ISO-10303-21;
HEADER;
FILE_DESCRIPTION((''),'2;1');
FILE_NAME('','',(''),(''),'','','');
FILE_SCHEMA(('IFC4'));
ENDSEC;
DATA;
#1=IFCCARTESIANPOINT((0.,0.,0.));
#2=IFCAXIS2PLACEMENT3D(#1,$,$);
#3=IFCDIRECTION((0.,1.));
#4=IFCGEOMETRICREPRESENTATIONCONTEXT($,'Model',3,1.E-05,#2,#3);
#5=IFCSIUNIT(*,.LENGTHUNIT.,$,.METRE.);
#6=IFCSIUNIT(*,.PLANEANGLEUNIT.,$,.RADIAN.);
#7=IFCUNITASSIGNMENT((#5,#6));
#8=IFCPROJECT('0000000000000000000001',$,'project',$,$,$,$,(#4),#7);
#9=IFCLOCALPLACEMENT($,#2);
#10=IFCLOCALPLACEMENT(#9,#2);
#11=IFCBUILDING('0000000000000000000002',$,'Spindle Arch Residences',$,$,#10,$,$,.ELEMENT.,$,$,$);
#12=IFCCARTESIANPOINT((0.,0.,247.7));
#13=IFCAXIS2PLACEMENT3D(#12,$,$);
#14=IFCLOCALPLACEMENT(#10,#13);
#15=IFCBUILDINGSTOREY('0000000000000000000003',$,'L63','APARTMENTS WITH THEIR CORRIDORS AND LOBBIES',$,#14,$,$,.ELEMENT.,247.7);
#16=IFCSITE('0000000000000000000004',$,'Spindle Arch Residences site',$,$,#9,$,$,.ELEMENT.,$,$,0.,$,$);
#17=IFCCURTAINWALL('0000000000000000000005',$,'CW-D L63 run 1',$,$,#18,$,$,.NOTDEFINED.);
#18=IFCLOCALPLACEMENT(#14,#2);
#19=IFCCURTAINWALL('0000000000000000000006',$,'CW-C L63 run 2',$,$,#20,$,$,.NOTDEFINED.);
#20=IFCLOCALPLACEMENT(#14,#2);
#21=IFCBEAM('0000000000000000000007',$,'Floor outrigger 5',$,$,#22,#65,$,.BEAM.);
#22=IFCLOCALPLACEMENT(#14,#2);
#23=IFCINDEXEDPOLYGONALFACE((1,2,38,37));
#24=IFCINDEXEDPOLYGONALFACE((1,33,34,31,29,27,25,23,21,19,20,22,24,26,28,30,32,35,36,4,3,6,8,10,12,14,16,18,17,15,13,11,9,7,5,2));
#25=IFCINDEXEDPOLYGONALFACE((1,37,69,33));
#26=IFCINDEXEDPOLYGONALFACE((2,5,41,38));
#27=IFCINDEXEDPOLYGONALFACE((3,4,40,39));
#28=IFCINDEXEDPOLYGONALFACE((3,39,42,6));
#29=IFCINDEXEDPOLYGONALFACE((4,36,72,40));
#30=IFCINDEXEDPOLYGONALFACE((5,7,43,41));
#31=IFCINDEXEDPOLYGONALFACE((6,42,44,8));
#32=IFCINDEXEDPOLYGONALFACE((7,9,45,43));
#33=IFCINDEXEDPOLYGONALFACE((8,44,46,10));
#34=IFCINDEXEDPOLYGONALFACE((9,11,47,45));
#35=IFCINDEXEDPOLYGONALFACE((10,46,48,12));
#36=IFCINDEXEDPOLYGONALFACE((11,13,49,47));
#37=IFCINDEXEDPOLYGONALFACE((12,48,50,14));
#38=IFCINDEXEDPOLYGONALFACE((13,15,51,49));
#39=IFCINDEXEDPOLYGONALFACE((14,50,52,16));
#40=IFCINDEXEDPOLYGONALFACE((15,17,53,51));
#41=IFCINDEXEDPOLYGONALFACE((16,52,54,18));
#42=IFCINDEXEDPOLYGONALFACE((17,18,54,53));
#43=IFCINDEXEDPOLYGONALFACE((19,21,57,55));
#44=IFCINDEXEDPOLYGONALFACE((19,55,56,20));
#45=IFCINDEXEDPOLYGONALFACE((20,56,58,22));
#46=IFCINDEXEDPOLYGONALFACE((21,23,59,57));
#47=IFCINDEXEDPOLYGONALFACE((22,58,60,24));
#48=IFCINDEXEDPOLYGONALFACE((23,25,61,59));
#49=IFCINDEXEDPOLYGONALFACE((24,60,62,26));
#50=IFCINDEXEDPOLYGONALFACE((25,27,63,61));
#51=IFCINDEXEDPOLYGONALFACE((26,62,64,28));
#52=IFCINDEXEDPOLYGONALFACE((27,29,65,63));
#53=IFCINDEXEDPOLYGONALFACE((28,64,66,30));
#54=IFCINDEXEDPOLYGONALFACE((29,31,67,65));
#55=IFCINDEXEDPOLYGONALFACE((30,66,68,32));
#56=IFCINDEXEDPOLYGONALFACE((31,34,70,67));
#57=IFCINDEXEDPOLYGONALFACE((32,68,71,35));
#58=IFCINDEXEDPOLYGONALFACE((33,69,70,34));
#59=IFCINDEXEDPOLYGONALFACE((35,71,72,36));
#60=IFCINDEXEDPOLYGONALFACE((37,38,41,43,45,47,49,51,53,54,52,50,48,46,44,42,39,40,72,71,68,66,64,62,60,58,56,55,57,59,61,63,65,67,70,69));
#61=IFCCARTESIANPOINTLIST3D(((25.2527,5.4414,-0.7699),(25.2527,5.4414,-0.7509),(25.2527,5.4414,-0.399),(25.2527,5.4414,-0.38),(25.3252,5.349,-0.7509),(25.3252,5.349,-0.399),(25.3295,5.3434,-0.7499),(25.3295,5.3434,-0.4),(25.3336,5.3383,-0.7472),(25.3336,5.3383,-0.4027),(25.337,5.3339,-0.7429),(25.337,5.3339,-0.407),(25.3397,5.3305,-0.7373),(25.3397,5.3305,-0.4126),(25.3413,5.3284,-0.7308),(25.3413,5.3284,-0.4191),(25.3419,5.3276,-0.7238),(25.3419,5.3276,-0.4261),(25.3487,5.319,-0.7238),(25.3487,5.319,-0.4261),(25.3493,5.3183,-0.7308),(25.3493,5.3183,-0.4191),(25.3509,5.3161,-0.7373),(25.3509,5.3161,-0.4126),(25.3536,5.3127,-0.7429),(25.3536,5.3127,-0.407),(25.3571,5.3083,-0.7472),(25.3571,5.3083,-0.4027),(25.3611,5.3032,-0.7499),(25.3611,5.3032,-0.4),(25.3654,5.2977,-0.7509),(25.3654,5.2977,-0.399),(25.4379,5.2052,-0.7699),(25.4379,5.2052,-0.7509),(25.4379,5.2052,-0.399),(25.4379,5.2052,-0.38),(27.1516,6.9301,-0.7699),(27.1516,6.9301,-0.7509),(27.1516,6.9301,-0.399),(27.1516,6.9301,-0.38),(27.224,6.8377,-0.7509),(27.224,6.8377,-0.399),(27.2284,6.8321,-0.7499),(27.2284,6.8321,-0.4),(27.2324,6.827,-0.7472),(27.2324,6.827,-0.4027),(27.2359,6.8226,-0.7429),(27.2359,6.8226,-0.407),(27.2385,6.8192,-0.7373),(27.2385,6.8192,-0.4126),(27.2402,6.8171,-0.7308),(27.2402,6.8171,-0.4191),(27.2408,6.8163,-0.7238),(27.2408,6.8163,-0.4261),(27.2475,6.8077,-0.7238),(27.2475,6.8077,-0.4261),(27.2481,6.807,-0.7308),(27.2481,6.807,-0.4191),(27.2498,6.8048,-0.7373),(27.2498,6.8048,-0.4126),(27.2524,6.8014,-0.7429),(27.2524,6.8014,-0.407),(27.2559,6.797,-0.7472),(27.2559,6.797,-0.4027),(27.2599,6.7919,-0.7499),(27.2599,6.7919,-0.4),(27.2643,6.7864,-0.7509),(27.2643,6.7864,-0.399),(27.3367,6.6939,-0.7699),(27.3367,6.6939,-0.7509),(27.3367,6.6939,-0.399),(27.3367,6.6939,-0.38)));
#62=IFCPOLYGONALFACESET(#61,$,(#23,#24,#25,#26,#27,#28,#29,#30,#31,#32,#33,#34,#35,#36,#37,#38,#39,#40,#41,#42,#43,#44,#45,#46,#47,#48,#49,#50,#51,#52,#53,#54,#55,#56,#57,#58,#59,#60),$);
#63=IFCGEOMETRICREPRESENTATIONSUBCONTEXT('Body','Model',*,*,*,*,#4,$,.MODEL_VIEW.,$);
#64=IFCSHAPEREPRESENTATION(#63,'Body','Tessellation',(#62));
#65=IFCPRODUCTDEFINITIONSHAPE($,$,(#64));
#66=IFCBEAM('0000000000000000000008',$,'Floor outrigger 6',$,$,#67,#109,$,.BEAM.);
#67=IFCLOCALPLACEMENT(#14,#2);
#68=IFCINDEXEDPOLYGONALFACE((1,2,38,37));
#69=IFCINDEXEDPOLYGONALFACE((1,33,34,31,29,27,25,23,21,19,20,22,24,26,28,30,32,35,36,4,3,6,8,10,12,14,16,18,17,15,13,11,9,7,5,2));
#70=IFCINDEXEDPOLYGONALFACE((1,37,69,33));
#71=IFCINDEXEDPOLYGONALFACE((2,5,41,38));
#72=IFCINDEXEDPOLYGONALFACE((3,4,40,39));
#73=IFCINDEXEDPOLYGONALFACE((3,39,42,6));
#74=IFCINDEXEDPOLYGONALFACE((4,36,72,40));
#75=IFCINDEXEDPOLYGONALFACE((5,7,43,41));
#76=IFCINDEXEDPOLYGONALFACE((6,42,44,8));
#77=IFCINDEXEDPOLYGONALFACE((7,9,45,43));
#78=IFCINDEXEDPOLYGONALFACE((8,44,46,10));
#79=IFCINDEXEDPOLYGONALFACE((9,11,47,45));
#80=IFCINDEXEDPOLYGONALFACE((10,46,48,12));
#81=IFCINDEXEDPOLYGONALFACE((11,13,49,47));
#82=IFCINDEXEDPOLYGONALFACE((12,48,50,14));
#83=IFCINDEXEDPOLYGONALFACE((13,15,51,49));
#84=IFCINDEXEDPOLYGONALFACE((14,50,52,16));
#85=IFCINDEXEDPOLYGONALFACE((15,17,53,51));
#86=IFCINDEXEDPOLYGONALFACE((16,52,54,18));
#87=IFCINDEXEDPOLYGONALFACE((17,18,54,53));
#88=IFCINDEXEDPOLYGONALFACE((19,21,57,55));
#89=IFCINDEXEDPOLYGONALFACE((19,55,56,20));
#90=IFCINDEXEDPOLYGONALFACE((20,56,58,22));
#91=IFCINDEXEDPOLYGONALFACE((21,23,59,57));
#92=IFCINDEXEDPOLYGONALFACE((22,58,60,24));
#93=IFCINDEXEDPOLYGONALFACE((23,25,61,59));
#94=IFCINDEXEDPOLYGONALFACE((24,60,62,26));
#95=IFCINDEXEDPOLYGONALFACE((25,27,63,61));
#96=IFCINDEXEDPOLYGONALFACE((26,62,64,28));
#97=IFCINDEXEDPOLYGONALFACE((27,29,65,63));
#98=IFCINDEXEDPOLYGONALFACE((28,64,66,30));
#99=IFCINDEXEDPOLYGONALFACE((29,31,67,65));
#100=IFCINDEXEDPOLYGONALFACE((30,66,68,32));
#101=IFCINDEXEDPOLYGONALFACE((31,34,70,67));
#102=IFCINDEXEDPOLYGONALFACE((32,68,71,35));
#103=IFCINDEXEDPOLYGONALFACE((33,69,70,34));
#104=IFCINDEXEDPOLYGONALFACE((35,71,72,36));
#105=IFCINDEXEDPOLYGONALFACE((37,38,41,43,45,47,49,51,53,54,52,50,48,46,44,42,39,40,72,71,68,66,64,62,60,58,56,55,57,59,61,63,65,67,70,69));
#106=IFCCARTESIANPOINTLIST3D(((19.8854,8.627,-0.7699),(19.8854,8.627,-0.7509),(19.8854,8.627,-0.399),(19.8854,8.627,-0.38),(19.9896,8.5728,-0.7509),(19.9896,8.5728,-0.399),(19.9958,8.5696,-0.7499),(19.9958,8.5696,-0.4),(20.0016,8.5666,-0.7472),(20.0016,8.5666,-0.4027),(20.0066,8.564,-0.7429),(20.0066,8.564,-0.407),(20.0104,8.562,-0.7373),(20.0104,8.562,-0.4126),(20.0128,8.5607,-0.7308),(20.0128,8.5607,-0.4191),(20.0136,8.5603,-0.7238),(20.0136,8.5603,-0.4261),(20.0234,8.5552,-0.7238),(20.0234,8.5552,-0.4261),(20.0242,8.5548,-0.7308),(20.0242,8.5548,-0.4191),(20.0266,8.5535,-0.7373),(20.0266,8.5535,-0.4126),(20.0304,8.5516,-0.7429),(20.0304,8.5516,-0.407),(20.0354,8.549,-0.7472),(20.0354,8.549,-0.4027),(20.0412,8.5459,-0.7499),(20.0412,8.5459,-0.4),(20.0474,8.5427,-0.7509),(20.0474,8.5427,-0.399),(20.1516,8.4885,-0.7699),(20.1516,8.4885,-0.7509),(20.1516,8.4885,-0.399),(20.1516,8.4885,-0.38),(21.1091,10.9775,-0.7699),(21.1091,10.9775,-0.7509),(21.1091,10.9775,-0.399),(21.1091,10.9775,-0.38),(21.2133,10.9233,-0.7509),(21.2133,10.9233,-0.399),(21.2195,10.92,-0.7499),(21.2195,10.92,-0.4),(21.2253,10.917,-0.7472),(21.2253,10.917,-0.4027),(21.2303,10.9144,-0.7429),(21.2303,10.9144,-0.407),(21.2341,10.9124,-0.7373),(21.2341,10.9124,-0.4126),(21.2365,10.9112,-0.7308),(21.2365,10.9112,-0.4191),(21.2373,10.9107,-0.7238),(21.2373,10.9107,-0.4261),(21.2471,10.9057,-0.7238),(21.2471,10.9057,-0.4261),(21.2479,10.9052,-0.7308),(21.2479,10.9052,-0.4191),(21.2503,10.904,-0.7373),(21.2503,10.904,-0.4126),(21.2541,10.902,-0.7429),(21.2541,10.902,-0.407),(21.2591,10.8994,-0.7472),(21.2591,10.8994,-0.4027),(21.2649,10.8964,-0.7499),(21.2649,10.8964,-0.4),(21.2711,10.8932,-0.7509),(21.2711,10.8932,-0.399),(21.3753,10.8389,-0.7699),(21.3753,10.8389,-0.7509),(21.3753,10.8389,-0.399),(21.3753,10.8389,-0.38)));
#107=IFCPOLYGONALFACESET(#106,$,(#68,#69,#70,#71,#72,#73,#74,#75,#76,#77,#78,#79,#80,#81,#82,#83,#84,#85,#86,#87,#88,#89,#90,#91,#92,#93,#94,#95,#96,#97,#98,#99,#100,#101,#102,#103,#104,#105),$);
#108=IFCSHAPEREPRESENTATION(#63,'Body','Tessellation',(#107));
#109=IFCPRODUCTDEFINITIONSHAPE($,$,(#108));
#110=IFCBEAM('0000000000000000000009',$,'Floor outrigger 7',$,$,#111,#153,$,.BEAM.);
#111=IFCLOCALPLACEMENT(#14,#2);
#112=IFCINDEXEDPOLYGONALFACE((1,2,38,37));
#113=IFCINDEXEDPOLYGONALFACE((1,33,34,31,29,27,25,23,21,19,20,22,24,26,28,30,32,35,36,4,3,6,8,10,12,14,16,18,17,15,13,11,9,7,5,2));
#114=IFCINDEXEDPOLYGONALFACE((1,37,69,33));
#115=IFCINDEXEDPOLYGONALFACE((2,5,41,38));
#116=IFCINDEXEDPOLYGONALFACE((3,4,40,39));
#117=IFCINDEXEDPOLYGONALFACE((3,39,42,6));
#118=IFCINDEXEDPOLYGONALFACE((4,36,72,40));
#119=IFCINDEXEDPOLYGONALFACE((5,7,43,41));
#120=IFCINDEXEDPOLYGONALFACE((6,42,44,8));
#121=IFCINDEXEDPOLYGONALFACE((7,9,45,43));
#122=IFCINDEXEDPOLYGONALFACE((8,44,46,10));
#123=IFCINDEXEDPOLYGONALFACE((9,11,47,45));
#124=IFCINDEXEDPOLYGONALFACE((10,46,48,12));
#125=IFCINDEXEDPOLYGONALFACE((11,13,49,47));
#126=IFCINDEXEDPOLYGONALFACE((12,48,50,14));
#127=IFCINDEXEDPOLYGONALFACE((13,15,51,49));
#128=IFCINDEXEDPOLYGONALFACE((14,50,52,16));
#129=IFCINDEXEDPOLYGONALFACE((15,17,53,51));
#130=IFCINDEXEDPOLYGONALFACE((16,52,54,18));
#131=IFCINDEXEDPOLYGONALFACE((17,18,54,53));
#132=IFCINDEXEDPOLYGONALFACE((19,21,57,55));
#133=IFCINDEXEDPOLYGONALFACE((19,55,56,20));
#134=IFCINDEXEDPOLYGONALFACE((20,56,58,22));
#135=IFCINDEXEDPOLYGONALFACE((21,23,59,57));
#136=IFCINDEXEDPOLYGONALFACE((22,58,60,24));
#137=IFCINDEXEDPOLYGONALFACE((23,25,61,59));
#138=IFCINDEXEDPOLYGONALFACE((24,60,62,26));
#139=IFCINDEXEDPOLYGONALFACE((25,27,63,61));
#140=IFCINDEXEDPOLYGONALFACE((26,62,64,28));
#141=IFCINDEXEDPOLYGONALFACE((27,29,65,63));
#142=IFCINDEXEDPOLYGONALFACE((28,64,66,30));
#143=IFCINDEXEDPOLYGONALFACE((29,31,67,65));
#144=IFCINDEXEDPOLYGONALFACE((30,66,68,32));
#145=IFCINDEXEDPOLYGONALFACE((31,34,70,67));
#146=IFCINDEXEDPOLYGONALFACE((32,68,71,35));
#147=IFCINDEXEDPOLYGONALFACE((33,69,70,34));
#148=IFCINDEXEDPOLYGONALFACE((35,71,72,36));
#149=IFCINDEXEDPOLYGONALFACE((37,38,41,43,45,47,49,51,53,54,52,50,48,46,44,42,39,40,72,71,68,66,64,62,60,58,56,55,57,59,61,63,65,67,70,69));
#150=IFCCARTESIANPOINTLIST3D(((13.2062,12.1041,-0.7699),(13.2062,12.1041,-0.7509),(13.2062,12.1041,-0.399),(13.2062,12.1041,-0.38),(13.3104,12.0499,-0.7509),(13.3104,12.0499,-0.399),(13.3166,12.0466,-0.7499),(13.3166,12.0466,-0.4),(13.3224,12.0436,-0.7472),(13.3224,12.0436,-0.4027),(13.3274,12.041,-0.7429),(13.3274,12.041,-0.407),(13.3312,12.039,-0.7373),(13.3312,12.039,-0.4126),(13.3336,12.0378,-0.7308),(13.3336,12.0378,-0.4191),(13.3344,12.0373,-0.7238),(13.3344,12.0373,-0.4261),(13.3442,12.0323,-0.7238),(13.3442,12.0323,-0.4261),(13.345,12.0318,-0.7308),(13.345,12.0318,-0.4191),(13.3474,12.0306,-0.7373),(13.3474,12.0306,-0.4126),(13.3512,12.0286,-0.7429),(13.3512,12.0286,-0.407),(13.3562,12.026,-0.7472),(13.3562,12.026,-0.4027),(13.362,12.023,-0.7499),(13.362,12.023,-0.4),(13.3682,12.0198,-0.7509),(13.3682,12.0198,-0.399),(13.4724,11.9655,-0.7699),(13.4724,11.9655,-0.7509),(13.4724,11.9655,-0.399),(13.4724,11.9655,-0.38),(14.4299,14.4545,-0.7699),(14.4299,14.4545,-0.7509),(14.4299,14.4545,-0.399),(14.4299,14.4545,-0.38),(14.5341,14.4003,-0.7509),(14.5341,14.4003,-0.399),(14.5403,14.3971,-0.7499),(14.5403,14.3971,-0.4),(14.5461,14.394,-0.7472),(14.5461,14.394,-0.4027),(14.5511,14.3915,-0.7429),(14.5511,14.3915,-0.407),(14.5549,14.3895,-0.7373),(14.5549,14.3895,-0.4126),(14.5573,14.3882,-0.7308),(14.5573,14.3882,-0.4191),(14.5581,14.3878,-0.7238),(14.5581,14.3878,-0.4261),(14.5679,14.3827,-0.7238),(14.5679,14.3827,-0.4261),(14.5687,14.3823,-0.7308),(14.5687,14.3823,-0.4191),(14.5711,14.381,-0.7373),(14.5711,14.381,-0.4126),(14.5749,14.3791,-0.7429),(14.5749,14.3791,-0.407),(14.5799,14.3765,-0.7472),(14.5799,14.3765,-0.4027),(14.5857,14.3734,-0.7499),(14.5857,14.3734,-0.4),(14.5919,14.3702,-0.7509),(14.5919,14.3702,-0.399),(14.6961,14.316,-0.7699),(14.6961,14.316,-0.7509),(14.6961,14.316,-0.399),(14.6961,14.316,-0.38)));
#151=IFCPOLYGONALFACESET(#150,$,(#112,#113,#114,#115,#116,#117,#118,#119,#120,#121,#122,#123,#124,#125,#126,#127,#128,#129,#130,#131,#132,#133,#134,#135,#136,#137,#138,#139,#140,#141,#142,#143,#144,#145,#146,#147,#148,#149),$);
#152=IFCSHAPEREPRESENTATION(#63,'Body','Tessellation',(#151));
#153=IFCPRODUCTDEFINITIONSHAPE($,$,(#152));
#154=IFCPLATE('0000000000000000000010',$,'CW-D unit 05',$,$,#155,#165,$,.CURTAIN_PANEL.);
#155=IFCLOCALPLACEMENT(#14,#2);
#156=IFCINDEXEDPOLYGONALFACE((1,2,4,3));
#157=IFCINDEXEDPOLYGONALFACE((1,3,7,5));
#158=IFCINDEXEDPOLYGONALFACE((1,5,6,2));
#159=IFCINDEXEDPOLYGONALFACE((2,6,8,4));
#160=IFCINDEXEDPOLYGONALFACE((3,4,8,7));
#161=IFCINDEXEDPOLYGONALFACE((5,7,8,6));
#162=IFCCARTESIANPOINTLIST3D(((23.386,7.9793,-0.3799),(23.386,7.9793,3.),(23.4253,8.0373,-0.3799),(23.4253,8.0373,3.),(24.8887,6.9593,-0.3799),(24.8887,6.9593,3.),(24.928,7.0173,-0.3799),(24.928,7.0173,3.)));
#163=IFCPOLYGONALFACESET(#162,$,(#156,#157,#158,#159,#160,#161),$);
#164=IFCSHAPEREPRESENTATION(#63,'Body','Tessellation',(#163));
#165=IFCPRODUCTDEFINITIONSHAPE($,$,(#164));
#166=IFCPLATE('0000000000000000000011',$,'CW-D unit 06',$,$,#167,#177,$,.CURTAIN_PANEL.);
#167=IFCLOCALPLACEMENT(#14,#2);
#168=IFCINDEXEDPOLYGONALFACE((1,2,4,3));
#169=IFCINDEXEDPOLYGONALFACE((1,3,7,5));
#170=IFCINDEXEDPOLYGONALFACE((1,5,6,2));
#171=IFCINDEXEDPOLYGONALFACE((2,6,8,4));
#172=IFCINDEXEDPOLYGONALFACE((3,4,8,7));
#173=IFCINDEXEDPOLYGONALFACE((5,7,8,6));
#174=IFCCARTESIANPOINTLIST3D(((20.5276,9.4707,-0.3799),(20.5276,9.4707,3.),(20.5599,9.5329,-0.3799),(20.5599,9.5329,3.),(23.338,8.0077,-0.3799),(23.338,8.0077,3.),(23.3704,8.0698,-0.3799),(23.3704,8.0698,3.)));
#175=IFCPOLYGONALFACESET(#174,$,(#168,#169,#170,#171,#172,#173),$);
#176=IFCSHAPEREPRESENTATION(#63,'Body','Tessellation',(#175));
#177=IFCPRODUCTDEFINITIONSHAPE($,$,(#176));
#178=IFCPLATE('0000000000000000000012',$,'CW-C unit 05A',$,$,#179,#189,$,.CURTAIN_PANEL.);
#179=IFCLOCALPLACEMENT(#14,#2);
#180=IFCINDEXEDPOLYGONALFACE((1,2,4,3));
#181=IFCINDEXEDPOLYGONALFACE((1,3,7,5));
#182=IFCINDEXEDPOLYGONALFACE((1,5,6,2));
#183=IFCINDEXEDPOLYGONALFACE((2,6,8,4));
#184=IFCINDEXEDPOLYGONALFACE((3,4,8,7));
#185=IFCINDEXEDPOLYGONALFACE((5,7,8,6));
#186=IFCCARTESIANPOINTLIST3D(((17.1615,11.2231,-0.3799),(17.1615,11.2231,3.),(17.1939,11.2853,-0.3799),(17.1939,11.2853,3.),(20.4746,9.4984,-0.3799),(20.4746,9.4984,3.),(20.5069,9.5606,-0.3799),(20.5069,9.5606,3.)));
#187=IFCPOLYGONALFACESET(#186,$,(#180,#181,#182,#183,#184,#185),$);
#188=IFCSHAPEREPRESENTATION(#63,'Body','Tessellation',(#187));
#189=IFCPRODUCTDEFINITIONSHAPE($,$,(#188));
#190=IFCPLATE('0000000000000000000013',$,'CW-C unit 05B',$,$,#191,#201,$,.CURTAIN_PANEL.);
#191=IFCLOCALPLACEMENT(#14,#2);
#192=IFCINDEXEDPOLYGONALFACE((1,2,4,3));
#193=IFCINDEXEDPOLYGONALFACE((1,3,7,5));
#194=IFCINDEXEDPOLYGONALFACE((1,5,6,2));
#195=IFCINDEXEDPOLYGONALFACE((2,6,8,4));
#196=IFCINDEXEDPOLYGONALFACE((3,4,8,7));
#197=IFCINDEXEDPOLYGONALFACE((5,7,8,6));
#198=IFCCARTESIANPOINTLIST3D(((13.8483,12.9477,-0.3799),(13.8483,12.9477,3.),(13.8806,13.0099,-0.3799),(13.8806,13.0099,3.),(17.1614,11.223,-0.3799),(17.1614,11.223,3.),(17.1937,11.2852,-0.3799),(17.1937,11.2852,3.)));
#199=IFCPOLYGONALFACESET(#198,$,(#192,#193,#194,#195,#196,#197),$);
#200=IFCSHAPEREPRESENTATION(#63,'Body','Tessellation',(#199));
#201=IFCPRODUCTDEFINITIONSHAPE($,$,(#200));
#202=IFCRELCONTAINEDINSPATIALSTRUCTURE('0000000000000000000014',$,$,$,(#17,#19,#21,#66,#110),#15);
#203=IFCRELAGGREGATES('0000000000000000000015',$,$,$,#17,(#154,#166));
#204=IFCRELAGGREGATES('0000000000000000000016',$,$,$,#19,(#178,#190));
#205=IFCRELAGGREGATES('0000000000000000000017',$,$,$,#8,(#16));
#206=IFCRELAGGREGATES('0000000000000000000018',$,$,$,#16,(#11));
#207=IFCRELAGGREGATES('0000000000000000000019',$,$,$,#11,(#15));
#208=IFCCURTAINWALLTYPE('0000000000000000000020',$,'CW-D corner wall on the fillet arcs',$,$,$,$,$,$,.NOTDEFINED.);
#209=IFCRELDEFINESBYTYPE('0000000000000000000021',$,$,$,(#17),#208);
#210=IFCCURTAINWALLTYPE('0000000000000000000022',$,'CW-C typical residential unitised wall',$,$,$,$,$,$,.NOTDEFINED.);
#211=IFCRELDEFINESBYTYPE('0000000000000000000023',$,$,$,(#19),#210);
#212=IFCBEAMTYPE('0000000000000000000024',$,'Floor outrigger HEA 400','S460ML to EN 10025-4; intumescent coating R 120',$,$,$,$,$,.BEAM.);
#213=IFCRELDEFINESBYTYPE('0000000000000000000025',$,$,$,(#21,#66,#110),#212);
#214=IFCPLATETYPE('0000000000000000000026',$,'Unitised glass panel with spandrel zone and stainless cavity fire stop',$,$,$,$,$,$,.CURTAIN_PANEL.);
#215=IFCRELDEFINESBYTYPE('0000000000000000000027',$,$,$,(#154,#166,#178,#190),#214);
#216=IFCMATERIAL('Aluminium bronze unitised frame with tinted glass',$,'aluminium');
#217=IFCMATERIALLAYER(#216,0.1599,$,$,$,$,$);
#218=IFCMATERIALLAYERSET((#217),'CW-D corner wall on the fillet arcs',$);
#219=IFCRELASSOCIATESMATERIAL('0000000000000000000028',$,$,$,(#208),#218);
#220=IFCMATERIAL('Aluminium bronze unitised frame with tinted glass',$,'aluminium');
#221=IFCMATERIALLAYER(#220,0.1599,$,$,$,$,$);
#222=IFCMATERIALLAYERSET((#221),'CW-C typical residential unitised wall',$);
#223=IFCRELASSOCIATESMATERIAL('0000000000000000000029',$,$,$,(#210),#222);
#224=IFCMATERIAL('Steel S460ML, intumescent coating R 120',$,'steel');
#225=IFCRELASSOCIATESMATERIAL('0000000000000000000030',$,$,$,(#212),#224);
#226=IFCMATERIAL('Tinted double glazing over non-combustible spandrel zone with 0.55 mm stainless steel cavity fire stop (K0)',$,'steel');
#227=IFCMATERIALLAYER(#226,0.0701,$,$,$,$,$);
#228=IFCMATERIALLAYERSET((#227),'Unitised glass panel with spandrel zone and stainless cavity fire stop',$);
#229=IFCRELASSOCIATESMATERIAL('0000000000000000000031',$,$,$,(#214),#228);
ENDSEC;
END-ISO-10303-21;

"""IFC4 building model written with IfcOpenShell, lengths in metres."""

from ifc_helpers import new_model, si_unit, direction, frame, origin, origin_2d, place, context, subcontext, project, spatial, rectangle, i_section, extrude, material, layer, layer_set, material_profile, profile_set, type_object, element, aggregate, save


model = new_model("IFC4")

# Units and contexts
model_context = context("Model", 3, precision=1e-05, world=origin(), true_north=direction((0.0, 1.0)))
body_context = subcontext(model_context, "Body", "Model", "MODEL_VIEW")
ifc_project = project(units=[si_unit("LENGTHUNIT", "METRE"), si_unit("PLANEANGLEUNIT", "RADIAN")], contexts=[model_context])

# Site, building, storey
site_placement = place(None, origin())
site = spatial("IfcSite", under=ifc_project, at=site_placement, Name="Spindle Arch Residences site", CompositionType="ELEMENT", RefElevation=0.0)
building_placement = place(site_placement, origin())
building = spatial("IfcBuilding", under=site, at=building_placement, Name="Spindle Arch Residences", CompositionType="ELEMENT")
storey_placement = place(building_placement, frame((0.0, 0.0, 247.7)))
storey = spatial("IfcBuildingStorey", under=building, at=storey_placement, Name="L63", Description="APARTMENTS WITH THEIR CORRIDORS AND LOBBIES", CompositionType="ELEMENT", Elevation=247.7)

# Curtain walls
ifc_material_1 = material(Name="Aluminium bronze unitised frame with tinted glass", Category="aluminium")
ifc_layer_1 = layer(ifc_material_1, 0.1599)
ifc_layer_set_1 = layer_set([ifc_layer_1], Name="CW-D corner wall on the fillet arcs")
curtain_wall_type_1 = type_object("IfcCurtainWallType", Name="CW-D corner wall on the fillet arcs", PredefinedType="NOTDEFINED", material=ifc_layer_set_1)
curtain_wall_1_placement = place(storey_placement, origin())
curtain_wall_1 = element("IfcCurtainWall", 1, at=curtain_wall_1_placement, inside=storey, type_object=curtain_wall_type_1, Name="CW-D L63 run 1", PredefinedType="NOTDEFINED")
ifc_material_2 = material(Name="Aluminium bronze unitised frame with tinted glass", Category="aluminium")
ifc_layer_2 = layer(ifc_material_2, 0.1599)
ifc_layer_set_2 = layer_set([ifc_layer_2], Name="CW-C typical residential unitised wall")
curtain_wall_type_2 = type_object("IfcCurtainWallType", Name="CW-C typical residential unitised wall", PredefinedType="NOTDEFINED", material=ifc_layer_set_2)
curtain_wall_2_placement = place(storey_placement, origin())
curtain_wall_2 = element("IfcCurtainWall", 2, at=curtain_wall_2_placement, inside=storey, type_object=curtain_wall_type_2, Name="CW-C L63 run 2", PredefinedType="NOTDEFINED")

# Beams
ifc_material_3 = material(Name="Steel S460ML, intumescent coating R 120", Category="steel")
ifc_material_profile_1 = material_profile(ifc_material_3, i_section(OverallWidth=0.3, OverallDepth=0.3899, WebThickness=0.011, FlangeThickness=0.019, FilletRadius=0.0271, at=origin_2d()), Name="HEA 400")
ifc_profile_set_1 = profile_set([ifc_material_profile_1], Name="Steel S460ML, intumescent coating R 120")
beam_type_1 = type_object("IfcBeamType", Name="Floor outrigger HEA 400", Description="S460ML to EN 10025-4; intumescent coating R 120", PredefinedType="BEAM", material=ifc_profile_set_1)
beam_1_placement = place(storey_placement, frame((27.2441, 6.812, -0.575), z_axis=(-0.786971, -0.61699, 0.0), x_axis=(0.61699, -0.786971, 0.0)))
element("IfcBeam", 3, at=beam_1_placement, inside=storey, type_object=beam_type_1, Name="Floor outrigger 5", PredefinedType="BEAM", context=body_context, shape_type="SweptSolid", body=[
    extrude(i_section(OverallWidth=0.3, OverallDepth=0.3899, WebThickness=0.011, FlangeThickness=0.019, FilletRadius=0.0271, at=origin_2d()), origin(), (0.0, 0.0, 1.0), 2.4128),
])
for number, where, z_axis, x_axis, name in (
    (4, (21.2422, 10.9082, -0.575), (-0.461785, -0.886992, 0.0), (0.886992, -0.461785, 0.0), "Floor outrigger 6"),
    (5, (14.563, 14.3853, -0.575), (-0.461785, -0.886992, 0.0), (0.886992, -0.461785, 0.0), "Floor outrigger 7"),
):
    element("IfcBeam", number, at=place(storey_placement, frame(where, z_axis=z_axis, x_axis=x_axis)), inside=storey, type_object=beam_type_1, Name=name, PredefinedType="BEAM", context=body_context, shape_type="SweptSolid", body=[
        extrude(i_section(OverallWidth=0.3, OverallDepth=0.3899, WebThickness=0.011, FlangeThickness=0.019, FilletRadius=0.0271, at=origin_2d()), origin(), (0.0, 0.0, 1.0), 2.6499),
    ])

# Plates
ifc_material_4 = material(Name="Tinted double glazing over non-combustible spandrel zone with 0.55 mm stainless steel cavity fire stop (K0)", Category="steel")
ifc_layer_3 = layer(ifc_material_4, 0.0701)
ifc_layer_set_3 = layer_set([ifc_layer_3], Name="Unitised glass panel with spandrel zone and stainless cavity fire stop")
plate_type = type_object("IfcPlateType", Name="Unitised glass panel with spandrel zone and stainless cavity fire stop", PredefinedType="CURTAIN_PANEL", material=ifc_layer_set_3)
plate_1_placement = place(storey_placement, frame((24.157, 7.4983, -0.3799), z_axis=(0.0, 0.0, 1.0), x_axis=(-0.827407, 0.561602, 0.0)))
plate_1 = element("IfcPlate", 6, at=plate_1_placement, type_object=plate_type, Name="CW-D unit 05", PredefinedType="CURTAIN_PANEL", context=body_context, shape_type="SweptSolid", body=[
    extrude(rectangle(XDim=1.8162, YDim=0.0701, at=origin_2d()), origin(), (0.0, 0.0, 1.0), 3.3799),
])
plate_2_placement = place(storey_placement, frame((21.949, 8.7703, -0.3799), z_axis=(0.0, 0.0, 1.0), x_axis=(-0.887011, 0.461749, 0.0)))
plate_2 = element("IfcPlate", 7, at=plate_2_placement, type_object=plate_type, Name="CW-D unit 06", PredefinedType="CURTAIN_PANEL", context=body_context, shape_type="SweptSolid", body=[
    extrude(rectangle(XDim=3.1685, YDim=0.0701, at=origin_2d()), origin(), (0.0, 0.0, 1.0), 3.3799),
])
aggregate(curtain_wall_1, [plate_1, plate_2])
plate_3_placement = place(storey_placement, frame((18.8342, 10.3918, -0.3799), z_axis=(0.0, 0.0, 1.0), x_axis=(-0.887011, 0.461749, 0.0)))
plate_3 = element("IfcPlate", 8, at=plate_3_placement, type_object=plate_type, Name="CW-C unit 05A", PredefinedType="CURTAIN_PANEL", context=body_context, shape_type="SweptSolid", body=[
    extrude(rectangle(XDim=3.7351, YDim=0.0701, at=origin_2d()), origin(), (0.0, 0.0, 1.0), 3.3799),
])
plate_4_placement = place(storey_placement, frame((15.521, 12.1165, -0.3799), z_axis=(0.0, 0.0, 1.0), x_axis=(-0.887011, 0.461749, 0.0)))
plate_4 = element("IfcPlate", 9, at=plate_4_placement, type_object=plate_type, Name="CW-C unit 05B", PredefinedType="CURTAIN_PANEL", context=body_context, shape_type="SweptSolid", body=[
    extrude(rectangle(XDim=3.7351, YDim=0.0701, at=origin_2d()), origin(), (0.0, 0.0, 1.0), 3.3799),
])
aggregate(curtain_wall_2, [plate_3, plate_4])

save(model, "model.ifc")
